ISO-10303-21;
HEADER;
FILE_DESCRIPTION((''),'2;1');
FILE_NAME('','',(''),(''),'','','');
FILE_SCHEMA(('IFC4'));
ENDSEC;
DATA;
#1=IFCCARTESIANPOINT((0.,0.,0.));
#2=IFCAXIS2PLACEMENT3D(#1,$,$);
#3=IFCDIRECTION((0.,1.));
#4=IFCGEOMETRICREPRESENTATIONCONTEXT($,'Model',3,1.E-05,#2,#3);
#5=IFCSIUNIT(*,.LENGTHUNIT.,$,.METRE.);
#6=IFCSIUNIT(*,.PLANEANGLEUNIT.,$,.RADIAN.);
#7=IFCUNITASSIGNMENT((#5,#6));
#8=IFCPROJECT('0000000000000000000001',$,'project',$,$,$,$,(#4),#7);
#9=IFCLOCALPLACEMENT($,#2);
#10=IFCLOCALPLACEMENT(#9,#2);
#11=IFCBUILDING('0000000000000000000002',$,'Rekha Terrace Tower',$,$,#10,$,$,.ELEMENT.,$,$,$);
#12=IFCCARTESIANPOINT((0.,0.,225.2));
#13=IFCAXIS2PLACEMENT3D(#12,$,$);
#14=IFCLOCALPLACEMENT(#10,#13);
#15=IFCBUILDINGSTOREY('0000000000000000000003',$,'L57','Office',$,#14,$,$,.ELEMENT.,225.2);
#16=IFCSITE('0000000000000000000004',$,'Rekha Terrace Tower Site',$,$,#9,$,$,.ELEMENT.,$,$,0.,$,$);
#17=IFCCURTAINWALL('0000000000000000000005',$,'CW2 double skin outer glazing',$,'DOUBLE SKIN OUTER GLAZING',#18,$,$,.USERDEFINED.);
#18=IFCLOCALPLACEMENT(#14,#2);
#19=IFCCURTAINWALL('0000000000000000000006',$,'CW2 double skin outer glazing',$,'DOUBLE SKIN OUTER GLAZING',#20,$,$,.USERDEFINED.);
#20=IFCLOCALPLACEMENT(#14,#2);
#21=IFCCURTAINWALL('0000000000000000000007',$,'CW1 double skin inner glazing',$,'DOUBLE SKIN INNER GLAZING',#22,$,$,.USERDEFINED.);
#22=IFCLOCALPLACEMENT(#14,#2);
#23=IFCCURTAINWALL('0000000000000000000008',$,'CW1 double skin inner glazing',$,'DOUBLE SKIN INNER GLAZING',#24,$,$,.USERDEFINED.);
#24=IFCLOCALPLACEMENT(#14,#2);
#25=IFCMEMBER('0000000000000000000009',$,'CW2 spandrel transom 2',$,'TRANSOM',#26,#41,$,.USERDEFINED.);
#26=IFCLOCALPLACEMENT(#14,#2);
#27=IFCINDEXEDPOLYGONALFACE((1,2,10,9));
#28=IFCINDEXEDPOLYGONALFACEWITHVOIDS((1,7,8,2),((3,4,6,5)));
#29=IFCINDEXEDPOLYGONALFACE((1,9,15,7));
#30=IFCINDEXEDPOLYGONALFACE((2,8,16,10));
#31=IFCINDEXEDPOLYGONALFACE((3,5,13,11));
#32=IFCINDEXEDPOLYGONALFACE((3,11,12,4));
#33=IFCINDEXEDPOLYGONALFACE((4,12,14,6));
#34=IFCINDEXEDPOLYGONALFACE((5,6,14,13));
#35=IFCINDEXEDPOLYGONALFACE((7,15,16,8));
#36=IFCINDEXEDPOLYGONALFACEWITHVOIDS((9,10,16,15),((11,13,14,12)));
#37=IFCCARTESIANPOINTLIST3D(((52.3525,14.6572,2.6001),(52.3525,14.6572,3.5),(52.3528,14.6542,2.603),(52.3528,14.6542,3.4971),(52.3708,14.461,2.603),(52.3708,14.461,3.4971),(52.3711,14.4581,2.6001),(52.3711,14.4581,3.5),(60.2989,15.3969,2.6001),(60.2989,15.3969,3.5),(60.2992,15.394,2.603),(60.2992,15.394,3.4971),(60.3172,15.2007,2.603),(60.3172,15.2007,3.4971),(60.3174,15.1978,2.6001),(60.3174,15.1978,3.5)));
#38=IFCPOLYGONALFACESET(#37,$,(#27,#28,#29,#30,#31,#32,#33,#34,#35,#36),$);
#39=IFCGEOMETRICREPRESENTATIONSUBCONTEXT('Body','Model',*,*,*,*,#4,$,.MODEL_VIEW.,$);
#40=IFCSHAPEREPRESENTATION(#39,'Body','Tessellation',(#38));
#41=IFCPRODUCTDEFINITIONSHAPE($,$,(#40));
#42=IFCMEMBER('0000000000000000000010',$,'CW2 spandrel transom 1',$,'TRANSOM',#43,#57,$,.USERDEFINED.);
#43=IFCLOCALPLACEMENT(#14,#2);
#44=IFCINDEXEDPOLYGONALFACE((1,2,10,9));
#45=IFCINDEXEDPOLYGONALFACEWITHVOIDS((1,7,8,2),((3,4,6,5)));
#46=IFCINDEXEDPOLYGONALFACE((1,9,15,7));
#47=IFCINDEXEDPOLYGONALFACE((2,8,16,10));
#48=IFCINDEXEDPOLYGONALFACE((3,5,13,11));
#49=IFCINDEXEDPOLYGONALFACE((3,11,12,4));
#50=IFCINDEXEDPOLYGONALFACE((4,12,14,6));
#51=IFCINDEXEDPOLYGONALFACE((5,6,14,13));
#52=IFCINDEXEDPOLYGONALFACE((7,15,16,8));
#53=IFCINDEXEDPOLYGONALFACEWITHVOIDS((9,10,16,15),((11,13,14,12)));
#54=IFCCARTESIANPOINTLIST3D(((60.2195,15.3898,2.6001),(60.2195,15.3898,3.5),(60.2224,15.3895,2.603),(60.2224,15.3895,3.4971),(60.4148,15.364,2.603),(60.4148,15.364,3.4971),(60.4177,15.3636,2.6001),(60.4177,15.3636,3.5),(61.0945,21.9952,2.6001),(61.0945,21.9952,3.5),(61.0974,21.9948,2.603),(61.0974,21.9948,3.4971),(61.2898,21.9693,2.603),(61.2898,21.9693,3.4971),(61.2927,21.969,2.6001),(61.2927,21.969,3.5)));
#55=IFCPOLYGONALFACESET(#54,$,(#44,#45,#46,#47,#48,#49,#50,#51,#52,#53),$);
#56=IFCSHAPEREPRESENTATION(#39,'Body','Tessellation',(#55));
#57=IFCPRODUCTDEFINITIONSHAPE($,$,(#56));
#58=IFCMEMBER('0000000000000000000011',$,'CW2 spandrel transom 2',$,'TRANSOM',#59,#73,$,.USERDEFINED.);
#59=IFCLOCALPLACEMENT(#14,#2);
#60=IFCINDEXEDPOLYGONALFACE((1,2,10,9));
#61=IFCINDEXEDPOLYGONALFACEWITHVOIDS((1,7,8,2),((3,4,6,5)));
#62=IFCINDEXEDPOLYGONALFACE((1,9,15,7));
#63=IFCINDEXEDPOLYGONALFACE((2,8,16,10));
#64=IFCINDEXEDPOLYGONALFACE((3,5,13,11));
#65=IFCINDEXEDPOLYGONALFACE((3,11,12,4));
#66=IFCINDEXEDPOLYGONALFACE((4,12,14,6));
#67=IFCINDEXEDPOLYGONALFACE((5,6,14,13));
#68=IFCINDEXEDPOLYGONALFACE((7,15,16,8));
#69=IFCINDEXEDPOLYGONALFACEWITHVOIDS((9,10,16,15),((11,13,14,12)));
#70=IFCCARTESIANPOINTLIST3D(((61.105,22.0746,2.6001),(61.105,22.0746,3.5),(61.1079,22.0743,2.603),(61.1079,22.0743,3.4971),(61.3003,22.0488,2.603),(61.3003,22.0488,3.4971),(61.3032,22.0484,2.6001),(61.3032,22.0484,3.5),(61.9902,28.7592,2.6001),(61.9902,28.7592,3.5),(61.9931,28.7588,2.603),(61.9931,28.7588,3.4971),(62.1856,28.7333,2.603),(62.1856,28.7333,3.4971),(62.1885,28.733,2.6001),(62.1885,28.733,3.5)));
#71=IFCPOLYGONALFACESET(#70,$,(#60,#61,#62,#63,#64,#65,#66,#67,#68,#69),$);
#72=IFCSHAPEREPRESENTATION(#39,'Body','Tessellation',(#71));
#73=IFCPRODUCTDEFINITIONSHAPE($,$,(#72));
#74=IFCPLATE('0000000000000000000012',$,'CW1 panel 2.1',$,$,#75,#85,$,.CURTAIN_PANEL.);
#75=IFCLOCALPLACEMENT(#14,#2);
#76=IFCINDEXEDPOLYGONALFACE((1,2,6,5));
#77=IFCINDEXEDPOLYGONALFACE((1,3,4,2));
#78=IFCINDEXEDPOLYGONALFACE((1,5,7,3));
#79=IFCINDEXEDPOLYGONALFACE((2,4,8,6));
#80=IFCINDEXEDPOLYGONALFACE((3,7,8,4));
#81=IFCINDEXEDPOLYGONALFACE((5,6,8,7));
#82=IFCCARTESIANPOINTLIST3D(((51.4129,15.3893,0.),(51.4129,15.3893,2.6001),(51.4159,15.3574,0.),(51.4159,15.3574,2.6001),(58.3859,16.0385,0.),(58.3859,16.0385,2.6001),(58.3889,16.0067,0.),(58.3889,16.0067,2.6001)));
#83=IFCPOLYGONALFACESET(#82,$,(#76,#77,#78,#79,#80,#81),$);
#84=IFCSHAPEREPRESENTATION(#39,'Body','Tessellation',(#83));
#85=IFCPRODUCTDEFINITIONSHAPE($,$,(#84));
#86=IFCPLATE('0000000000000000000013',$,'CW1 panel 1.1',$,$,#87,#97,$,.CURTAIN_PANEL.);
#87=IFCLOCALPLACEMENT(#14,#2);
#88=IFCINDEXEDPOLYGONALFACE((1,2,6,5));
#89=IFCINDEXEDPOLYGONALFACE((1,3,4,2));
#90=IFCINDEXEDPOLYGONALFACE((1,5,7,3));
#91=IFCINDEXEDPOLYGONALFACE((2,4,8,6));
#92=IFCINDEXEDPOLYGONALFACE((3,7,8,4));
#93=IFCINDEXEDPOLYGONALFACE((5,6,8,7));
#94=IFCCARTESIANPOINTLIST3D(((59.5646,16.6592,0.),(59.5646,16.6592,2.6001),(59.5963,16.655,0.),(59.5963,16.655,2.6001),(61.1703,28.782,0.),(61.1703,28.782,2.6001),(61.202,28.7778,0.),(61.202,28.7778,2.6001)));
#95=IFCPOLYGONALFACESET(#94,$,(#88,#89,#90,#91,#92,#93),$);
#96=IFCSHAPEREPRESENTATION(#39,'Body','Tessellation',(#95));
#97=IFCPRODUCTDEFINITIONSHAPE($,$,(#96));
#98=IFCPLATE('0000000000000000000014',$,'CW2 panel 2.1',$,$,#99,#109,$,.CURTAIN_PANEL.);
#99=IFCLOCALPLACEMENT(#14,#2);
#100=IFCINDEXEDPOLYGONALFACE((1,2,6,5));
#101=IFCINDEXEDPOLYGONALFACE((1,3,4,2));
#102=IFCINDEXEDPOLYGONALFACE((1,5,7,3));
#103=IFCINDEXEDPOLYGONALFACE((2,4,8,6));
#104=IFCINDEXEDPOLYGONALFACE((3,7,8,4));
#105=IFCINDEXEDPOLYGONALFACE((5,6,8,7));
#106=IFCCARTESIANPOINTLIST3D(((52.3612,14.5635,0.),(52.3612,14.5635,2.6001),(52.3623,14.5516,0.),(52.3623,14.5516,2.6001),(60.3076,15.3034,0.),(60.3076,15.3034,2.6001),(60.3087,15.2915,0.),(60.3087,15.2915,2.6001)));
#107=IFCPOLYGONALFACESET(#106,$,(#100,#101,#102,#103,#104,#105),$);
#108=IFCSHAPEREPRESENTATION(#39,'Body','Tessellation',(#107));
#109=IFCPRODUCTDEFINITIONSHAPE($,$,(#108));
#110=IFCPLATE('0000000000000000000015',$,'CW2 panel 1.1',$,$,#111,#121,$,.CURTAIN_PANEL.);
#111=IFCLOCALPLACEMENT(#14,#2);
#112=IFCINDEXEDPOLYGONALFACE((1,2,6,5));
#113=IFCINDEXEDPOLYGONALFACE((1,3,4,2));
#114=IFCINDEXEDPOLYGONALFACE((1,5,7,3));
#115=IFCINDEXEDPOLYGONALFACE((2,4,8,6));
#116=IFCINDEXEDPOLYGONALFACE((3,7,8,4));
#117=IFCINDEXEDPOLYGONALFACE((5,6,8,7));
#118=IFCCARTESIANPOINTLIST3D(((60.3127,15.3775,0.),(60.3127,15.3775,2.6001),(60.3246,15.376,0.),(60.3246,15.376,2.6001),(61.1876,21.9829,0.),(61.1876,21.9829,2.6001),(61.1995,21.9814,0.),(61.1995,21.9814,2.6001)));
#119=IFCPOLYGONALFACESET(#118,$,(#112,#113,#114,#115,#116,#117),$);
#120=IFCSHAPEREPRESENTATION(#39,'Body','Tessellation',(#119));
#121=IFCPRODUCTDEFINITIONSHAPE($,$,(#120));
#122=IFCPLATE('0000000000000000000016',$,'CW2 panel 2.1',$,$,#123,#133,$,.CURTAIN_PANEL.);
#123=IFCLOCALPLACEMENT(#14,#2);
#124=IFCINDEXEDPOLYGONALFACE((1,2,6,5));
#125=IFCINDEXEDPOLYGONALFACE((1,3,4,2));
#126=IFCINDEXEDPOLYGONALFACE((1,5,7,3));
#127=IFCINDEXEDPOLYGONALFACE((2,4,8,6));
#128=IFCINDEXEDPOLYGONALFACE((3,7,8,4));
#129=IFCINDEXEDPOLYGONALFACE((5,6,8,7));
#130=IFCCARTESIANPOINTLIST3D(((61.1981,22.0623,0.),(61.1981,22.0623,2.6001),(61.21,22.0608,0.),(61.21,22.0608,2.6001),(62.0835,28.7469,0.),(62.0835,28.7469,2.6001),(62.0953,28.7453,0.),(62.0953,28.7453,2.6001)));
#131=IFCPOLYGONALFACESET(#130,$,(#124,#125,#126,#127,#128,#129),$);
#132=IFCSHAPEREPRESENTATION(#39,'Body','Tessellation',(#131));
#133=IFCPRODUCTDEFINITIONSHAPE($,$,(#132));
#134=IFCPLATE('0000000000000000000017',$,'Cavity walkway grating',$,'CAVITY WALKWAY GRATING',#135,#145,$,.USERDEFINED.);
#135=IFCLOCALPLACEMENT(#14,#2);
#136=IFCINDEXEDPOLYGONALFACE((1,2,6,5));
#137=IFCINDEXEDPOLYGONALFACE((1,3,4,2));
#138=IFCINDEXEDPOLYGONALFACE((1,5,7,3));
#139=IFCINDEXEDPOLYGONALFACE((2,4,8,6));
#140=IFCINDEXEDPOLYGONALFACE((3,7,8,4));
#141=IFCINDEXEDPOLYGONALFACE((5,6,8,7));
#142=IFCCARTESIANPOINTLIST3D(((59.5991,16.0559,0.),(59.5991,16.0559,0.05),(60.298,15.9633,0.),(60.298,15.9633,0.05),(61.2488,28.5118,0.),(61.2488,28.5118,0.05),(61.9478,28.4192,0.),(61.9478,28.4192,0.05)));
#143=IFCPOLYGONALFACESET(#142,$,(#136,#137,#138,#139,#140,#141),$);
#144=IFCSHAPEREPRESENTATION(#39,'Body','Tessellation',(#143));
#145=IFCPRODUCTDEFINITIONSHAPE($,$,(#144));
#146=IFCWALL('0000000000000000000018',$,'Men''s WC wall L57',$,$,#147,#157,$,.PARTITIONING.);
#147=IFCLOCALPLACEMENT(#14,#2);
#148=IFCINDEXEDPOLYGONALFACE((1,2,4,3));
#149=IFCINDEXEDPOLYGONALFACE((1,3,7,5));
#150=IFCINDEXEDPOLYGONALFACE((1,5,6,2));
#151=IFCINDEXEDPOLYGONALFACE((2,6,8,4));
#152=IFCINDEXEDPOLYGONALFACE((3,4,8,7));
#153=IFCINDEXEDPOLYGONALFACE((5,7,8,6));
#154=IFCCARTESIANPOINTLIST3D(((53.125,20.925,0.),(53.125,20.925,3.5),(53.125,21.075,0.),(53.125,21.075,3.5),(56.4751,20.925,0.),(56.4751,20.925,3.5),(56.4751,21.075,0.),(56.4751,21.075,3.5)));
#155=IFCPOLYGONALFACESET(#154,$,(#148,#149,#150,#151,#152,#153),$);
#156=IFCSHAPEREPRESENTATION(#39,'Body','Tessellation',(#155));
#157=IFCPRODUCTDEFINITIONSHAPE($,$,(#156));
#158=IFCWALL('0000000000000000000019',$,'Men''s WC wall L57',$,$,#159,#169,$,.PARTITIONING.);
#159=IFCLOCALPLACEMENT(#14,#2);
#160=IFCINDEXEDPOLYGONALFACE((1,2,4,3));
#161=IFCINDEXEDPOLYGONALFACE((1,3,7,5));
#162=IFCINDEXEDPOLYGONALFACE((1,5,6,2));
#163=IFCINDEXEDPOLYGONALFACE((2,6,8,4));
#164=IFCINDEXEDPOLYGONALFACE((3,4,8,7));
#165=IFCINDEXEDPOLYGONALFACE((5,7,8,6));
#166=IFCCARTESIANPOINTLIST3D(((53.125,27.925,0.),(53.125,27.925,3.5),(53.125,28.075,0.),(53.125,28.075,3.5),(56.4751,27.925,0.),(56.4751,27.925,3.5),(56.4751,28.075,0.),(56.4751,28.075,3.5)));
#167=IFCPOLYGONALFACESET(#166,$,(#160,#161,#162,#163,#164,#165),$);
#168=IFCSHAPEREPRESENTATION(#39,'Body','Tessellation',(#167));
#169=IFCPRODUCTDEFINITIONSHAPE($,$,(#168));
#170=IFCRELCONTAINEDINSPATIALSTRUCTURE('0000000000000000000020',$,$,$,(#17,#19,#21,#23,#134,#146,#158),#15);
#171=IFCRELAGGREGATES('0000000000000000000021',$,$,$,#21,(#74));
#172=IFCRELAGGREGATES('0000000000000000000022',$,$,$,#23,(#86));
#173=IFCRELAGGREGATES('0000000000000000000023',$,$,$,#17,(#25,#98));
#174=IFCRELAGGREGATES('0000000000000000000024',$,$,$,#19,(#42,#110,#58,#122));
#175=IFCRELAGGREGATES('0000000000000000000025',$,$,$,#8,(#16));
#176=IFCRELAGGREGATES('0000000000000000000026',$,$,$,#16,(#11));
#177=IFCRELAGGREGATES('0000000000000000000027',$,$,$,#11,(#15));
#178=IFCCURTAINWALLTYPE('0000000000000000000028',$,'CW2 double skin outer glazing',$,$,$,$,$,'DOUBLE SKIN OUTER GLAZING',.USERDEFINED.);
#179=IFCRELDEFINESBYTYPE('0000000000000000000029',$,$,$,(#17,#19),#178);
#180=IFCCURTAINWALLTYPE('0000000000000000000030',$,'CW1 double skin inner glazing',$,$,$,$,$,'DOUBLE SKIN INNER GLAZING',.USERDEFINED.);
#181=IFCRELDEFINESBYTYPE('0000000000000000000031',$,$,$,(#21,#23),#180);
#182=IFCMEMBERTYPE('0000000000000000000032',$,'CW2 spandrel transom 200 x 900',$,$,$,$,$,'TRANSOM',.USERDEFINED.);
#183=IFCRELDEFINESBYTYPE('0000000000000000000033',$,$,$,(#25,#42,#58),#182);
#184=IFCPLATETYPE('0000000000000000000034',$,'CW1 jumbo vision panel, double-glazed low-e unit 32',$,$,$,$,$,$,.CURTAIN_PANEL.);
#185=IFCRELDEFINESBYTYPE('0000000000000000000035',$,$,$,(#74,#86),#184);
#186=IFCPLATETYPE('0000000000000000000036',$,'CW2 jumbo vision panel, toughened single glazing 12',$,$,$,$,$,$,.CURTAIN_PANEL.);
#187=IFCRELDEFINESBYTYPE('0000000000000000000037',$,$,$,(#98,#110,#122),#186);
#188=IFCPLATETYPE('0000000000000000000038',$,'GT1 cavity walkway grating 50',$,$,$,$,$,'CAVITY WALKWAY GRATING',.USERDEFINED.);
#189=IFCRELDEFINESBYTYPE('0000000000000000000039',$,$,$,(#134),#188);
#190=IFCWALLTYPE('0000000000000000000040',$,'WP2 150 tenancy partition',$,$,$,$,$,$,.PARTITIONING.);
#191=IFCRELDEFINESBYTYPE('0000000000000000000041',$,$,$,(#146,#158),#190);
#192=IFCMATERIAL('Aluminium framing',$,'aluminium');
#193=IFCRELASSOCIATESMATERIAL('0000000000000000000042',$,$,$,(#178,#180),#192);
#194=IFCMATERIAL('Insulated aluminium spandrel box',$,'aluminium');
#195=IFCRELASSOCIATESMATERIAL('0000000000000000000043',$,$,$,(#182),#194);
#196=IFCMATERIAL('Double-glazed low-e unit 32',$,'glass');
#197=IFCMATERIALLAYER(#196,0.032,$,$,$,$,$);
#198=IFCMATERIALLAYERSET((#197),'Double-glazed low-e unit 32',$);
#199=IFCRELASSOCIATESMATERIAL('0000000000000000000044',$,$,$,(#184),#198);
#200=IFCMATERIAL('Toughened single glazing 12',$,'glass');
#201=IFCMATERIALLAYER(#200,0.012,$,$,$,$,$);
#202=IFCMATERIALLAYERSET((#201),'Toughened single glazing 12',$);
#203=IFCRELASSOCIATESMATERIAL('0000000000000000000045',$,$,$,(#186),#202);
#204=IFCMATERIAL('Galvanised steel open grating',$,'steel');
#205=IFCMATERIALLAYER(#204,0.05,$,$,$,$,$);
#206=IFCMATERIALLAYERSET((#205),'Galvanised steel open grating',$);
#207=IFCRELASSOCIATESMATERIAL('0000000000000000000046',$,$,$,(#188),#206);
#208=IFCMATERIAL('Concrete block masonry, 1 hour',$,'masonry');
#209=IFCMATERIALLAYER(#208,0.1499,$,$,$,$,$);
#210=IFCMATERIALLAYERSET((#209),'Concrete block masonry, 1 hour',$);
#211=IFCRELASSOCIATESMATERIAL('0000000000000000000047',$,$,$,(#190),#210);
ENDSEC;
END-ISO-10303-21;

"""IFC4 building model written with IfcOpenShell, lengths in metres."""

from ifc_helpers import new_model, si_unit, direction, frame, frame_2d, origin, origin_2d, place, context, subcontext, project, spatial, rectangle, hollow_rectangle, extrude, material, layer, layer_set, material_profile, profile_set, type_object, element, aggregate, save


model = new_model("IFC4")

# Units and contexts
model_context = context("Model", 3, precision=1e-05, world=origin(), true_north=direction((0.0, 1.0)))
body_context = subcontext(model_context, "Body", "Model", "MODEL_VIEW")
ifc_project = project(units=[si_unit("LENGTHUNIT", "METRE"), si_unit("PLANEANGLEUNIT", "RADIAN")], contexts=[model_context])

# Site, building, storey
site_placement = place(None, origin())
site = spatial("IfcSite", under=ifc_project, at=site_placement, Name="Rekha Terrace Tower Site", CompositionType="ELEMENT", RefElevation=0.0)
building_placement = place(site_placement, origin())
building = spatial("IfcBuilding", under=site, at=building_placement, Name="Rekha Terrace Tower", CompositionType="ELEMENT")
storey_placement = place(building_placement, frame((0.0, 0.0, 225.2)))
storey = spatial("IfcBuildingStorey", under=building, at=storey_placement, Name="L57", Description="Office", CompositionType="ELEMENT", Elevation=225.2)

# Curtain walls
ifc_material_1 = material(Name="Aluminium framing", Category="aluminium")
curtain_wall_type_1 = type_object("IfcCurtainWallType", Name="CW2 double skin outer glazing", ElementType="DOUBLE SKIN OUTER GLAZING", PredefinedType="USERDEFINED", material=ifc_material_1)
curtain_wall_1_placement = place(storey_placement, origin())
curtain_wall_1 = element("IfcCurtainWall", 1, at=curtain_wall_1_placement, inside=storey, type_object=curtain_wall_type_1, Name="CW2 double skin outer glazing", ObjectType="DOUBLE SKIN OUTER GLAZING", PredefinedType="USERDEFINED")
curtain_wall_2_placement = place(storey_placement, origin())
curtain_wall_2 = element("IfcCurtainWall", 2, at=curtain_wall_2_placement, inside=storey, type_object=curtain_wall_type_1, Name="CW2 double skin outer glazing", ObjectType="DOUBLE SKIN OUTER GLAZING", PredefinedType="USERDEFINED")
curtain_wall_type_2 = type_object("IfcCurtainWallType", Name="CW1 double skin inner glazing", ElementType="DOUBLE SKIN INNER GLAZING", PredefinedType="USERDEFINED", material=ifc_material_1)
curtain_wall_3_placement = place(storey_placement, origin())
curtain_wall_3 = element("IfcCurtainWall", 3, at=curtain_wall_3_placement, inside=storey, type_object=curtain_wall_type_2, Name="CW1 double skin inner glazing", ObjectType="DOUBLE SKIN INNER GLAZING", PredefinedType="USERDEFINED")

# Curtain wall
curtain_wall_4_placement = place(storey_placement, origin())
curtain_wall_4 = element("IfcCurtainWall", 4, at=curtain_wall_4_placement, inside=storey, type_object=curtain_wall_type_2, Name="CW1 double skin inner glazing", ObjectType="DOUBLE SKIN INNER GLAZING", PredefinedType="USERDEFINED")
ifc_material_2 = material(Name="Insulated aluminium spandrel box", Category="aluminium")

# Members
ifc_material_profile_1 = material_profile(ifc_material_2, hollow_rectangle(XDim=0.2, YDim=0.8999, WallThickness=0.0029, at=origin_2d()), Name="AL SPANDREL BOX 200x900")
ifc_profile_set_1 = profile_set([ifc_material_profile_1], Name="Insulated aluminium spandrel box")
member_type_1 = type_object("IfcMemberType", Name="CW2 spandrel transom 200 x 900", ElementType="TRANSOM", PredefinedType="USERDEFINED", material=ifc_profile_set_1)
member_1_placement = place(storey_placement, frame((52.3618, 14.5576, 3.05), z_axis=(0.995695, 0.092692, 0.0), x_axis=(-0.092692, 0.995695, 0.0)))
member_1 = element("IfcMember", 5, at=member_1_placement, type_object=member_type_1, Name="CW2 spandrel transom 2", ObjectType="TRANSOM", PredefinedType="USERDEFINED", context=body_context, shape_type="SweptSolid", body=[
    extrude(hollow_rectangle(XDim=0.2, YDim=0.8999, WallThickness=0.0029, at=origin_2d()), origin(), (0.0, 0.0, 1.0), 7.9807),
])
member_2_placement = place(storey_placement, frame((60.3186, 15.3767, 3.05), z_axis=(0.131319, 0.99134, 0.0), x_axis=(-0.99134, 0.131319, 0.0)))
member_2 = element("IfcMember", 6, at=member_2_placement, type_object=member_type_1, Name="CW2 spandrel transom 1", ObjectType="TRANSOM", PredefinedType="USERDEFINED", context=body_context, shape_type="SweptSolid", body=[
    extrude(hollow_rectangle(XDim=0.2, YDim=0.8999, WallThickness=0.0029, at=origin_2d()), origin(), (0.0, 0.0, 1.0), 6.6631),
])
member_3_placement = place(storey_placement, frame((61.2041, 22.0615, 3.05), z_axis=(0.131286, 0.991345, 0.0), x_axis=(-0.991345, 0.131286, 0.0)))
member_3 = element("IfcMember", 7, at=member_3_placement, type_object=member_type_1, Name="CW2 spandrel transom 2", ObjectType="TRANSOM", PredefinedType="USERDEFINED", context=body_context, shape_type="SweptSolid", body=[
    extrude(hollow_rectangle(XDim=0.2, YDim=0.8999, WallThickness=0.0029, at=origin_2d()), origin(), (0.0, 0.0, 1.0), 6.7429),
])

# Plates
ifc_material_3 = material(Name="Double-glazed low-e unit 32", Category="glass")
ifc_layer_1 = layer(ifc_material_3, 0.032)
ifc_layer_set_1 = layer_set([ifc_layer_1], Name="Double-glazed low-e unit 32")
plate_type_1 = type_object("IfcPlateType", Name="CW1 jumbo vision panel, double-glazed low-e unit 32", PredefinedType="CURTAIN_PANEL", material=ifc_layer_set_1)
plate_1_placement = place(storey_placement, frame((54.9009, 15.698, 0.0), z_axis=(0.0, 0.0, 1.0), x_axis=(0.995693, 0.092709, 0.0)))
plate_1 = element("IfcPlate", 8, at=plate_1_placement, type_object=plate_type_1, Name="CW1 panel 2.1", PredefinedType="CURTAIN_PANEL", context=body_context, shape_type="SweptSolid", body=[
    extrude(rectangle(XDim=7.0032, YDim=0.032, at=origin_2d()), origin(), (0.0, 0.0, 1.0), 2.6001),
])
aggregate(curtain_wall_3, [plate_1])
plate_2_placement = place(storey_placement, frame((60.3833, 22.7185, 0.0), z_axis=(0.0, 0.0, 1.0), x_axis=(0.131304, 0.991342, 0.0)))
plate_2 = element("IfcPlate", 9, at=plate_2_placement, type_object=plate_type_1, Name="CW1 panel 1.1", PredefinedType="CURTAIN_PANEL", context=body_context, shape_type="SweptSolid", body=[
    extrude(rectangle(XDim=12.2288, YDim=0.032, at=origin_2d()), origin(), (0.0, 0.0, 1.0), 2.6001),
])
aggregate(curtain_wall_4, [plate_2])
ifc_material_4 = material(Name="Toughened single glazing 12", Category="glass")
ifc_layer_2 = layer(ifc_material_4, 0.012)
ifc_layer_set_2 = layer_set([ifc_layer_2], Name="Toughened single glazing 12")
plate_type_2 = type_object("IfcPlateType", Name="CW2 jumbo vision panel, toughened single glazing 12", PredefinedType="CURTAIN_PANEL", material=ifc_layer_set_2)
plate_3_placement = place(storey_placement, frame((56.335, 14.9275, 0.0), z_axis=(0.0, 0.0, 1.0), x_axis=(0.995693, 0.092709, 0.0)))
plate_3 = element("IfcPlate", 10, at=plate_3_placement, type_object=plate_type_2, Name="CW2 panel 2.1", PredefinedType="CURTAIN_PANEL", context=body_context, shape_type="SweptSolid", body=[
    extrude(rectangle(XDim=7.9807, YDim=0.012, at=origin_2d()), origin(), (0.0, 0.0, 1.0), 2.6001),
])
aggregate(curtain_wall_1, [member_1, plate_3])
plate_4_placement = place(storey_placement, frame((60.7561, 18.6794, 0.0), z_axis=(0.0, 0.0, 1.0), x_axis=(0.131304, 0.991342, 0.0)))
plate_4 = element("IfcPlate", 11, at=plate_4_placement, type_object=plate_type_2, Name="CW2 panel 1.1", PredefinedType="CURTAIN_PANEL", context=body_context, shape_type="SweptSolid", body=[
    extrude(rectangle(XDim=6.6631, YDim=0.012, at=origin_2d()), origin(), (0.0, 0.0, 1.0), 2.6001),
])
plate_5_placement = place(storey_placement, frame((61.6467, 25.4038, 0.0), z_axis=(0.0, 0.0, 1.0), x_axis=(0.131304, 0.991342, 0.0)))
plate_5 = element("IfcPlate", 12, at=plate_5_placement, type_object=plate_type_2, Name="CW2 panel 2.1", PredefinedType="CURTAIN_PANEL", context=body_context, shape_type="SweptSolid", body=[
    extrude(rectangle(XDim=6.7429, YDim=0.012, at=origin_2d()), origin(), (0.0, 0.0, 1.0), 2.6001),
])
aggregate(curtain_wall_2, [member_2, plate_4, member_3, plate_5])
ifc_material_5 = material(Name="Galvanised steel open grating", Category="steel")
ifc_layer_3 = layer(ifc_material_5, 0.05)
ifc_layer_set_3 = layer_set([ifc_layer_3], Name="Galvanised steel open grating")
plate_type_3 = type_object("IfcPlateType", Name="GT1 cavity walkway grating 50", ElementType="CAVITY WALKWAY GRATING", PredefinedType="USERDEFINED", material=ifc_layer_set_3)
plate_6_placement = place(storey_placement, frame((60.7734, 22.2375, 0.0), z_axis=(0.0, 0.0, 1.0), x_axis=(0.131304, 0.991342, 0.0)))
element("IfcPlate", 13, at=plate_6_placement, inside=storey, type_object=plate_type_3, Name="Cavity walkway grating", ObjectType="CAVITY WALKWAY GRATING", PredefinedType="USERDEFINED", context=body_context, shape_type="SweptSolid", body=[
    extrude(rectangle(XDim=12.5647, YDim=0.7051, at=origin_2d()), origin(), (0.0, 0.0, 1.0), 0.05),
])

# Walls
ifc_material_6 = material(Name="Concrete block masonry, 1 hour", Category="masonry")
ifc_layer_4 = layer(ifc_material_6, 0.1499)
ifc_layer_set_4 = layer_set([ifc_layer_4], Name="Concrete block masonry, 1 hour")
wall_type_1 = type_object("IfcWallType", Name="WP2 150 tenancy partition", PredefinedType="PARTITIONING", material=ifc_layer_set_4)
for number, where, z_axis, x_axis, name in (
    (14, (53.125, 21.0, 0.0), (0.0, 0.0, 1.0), (1.0, 0.0, 0.0), "Men's WC wall L57"),
    (15, (53.125, 28.0, 0.0), (0.0, 0.0, 1.0), (1.0, 0.0, 0.0), "Men's WC wall L57"),
):
    element("IfcWall", number, at=place(storey_placement, frame(where, z_axis=z_axis, x_axis=x_axis)), inside=storey, type_object=wall_type_1, Name=name, PredefinedType="PARTITIONING", context=body_context, shape_type="SweptSolid", body=[
        extrude(rectangle(XDim=3.3501, YDim=0.1499, at=frame_2d((1.675, 0.0))), origin(), (0.0, 0.0, 1.0), 3.5),
    ])

save(model, "model.ifc")
